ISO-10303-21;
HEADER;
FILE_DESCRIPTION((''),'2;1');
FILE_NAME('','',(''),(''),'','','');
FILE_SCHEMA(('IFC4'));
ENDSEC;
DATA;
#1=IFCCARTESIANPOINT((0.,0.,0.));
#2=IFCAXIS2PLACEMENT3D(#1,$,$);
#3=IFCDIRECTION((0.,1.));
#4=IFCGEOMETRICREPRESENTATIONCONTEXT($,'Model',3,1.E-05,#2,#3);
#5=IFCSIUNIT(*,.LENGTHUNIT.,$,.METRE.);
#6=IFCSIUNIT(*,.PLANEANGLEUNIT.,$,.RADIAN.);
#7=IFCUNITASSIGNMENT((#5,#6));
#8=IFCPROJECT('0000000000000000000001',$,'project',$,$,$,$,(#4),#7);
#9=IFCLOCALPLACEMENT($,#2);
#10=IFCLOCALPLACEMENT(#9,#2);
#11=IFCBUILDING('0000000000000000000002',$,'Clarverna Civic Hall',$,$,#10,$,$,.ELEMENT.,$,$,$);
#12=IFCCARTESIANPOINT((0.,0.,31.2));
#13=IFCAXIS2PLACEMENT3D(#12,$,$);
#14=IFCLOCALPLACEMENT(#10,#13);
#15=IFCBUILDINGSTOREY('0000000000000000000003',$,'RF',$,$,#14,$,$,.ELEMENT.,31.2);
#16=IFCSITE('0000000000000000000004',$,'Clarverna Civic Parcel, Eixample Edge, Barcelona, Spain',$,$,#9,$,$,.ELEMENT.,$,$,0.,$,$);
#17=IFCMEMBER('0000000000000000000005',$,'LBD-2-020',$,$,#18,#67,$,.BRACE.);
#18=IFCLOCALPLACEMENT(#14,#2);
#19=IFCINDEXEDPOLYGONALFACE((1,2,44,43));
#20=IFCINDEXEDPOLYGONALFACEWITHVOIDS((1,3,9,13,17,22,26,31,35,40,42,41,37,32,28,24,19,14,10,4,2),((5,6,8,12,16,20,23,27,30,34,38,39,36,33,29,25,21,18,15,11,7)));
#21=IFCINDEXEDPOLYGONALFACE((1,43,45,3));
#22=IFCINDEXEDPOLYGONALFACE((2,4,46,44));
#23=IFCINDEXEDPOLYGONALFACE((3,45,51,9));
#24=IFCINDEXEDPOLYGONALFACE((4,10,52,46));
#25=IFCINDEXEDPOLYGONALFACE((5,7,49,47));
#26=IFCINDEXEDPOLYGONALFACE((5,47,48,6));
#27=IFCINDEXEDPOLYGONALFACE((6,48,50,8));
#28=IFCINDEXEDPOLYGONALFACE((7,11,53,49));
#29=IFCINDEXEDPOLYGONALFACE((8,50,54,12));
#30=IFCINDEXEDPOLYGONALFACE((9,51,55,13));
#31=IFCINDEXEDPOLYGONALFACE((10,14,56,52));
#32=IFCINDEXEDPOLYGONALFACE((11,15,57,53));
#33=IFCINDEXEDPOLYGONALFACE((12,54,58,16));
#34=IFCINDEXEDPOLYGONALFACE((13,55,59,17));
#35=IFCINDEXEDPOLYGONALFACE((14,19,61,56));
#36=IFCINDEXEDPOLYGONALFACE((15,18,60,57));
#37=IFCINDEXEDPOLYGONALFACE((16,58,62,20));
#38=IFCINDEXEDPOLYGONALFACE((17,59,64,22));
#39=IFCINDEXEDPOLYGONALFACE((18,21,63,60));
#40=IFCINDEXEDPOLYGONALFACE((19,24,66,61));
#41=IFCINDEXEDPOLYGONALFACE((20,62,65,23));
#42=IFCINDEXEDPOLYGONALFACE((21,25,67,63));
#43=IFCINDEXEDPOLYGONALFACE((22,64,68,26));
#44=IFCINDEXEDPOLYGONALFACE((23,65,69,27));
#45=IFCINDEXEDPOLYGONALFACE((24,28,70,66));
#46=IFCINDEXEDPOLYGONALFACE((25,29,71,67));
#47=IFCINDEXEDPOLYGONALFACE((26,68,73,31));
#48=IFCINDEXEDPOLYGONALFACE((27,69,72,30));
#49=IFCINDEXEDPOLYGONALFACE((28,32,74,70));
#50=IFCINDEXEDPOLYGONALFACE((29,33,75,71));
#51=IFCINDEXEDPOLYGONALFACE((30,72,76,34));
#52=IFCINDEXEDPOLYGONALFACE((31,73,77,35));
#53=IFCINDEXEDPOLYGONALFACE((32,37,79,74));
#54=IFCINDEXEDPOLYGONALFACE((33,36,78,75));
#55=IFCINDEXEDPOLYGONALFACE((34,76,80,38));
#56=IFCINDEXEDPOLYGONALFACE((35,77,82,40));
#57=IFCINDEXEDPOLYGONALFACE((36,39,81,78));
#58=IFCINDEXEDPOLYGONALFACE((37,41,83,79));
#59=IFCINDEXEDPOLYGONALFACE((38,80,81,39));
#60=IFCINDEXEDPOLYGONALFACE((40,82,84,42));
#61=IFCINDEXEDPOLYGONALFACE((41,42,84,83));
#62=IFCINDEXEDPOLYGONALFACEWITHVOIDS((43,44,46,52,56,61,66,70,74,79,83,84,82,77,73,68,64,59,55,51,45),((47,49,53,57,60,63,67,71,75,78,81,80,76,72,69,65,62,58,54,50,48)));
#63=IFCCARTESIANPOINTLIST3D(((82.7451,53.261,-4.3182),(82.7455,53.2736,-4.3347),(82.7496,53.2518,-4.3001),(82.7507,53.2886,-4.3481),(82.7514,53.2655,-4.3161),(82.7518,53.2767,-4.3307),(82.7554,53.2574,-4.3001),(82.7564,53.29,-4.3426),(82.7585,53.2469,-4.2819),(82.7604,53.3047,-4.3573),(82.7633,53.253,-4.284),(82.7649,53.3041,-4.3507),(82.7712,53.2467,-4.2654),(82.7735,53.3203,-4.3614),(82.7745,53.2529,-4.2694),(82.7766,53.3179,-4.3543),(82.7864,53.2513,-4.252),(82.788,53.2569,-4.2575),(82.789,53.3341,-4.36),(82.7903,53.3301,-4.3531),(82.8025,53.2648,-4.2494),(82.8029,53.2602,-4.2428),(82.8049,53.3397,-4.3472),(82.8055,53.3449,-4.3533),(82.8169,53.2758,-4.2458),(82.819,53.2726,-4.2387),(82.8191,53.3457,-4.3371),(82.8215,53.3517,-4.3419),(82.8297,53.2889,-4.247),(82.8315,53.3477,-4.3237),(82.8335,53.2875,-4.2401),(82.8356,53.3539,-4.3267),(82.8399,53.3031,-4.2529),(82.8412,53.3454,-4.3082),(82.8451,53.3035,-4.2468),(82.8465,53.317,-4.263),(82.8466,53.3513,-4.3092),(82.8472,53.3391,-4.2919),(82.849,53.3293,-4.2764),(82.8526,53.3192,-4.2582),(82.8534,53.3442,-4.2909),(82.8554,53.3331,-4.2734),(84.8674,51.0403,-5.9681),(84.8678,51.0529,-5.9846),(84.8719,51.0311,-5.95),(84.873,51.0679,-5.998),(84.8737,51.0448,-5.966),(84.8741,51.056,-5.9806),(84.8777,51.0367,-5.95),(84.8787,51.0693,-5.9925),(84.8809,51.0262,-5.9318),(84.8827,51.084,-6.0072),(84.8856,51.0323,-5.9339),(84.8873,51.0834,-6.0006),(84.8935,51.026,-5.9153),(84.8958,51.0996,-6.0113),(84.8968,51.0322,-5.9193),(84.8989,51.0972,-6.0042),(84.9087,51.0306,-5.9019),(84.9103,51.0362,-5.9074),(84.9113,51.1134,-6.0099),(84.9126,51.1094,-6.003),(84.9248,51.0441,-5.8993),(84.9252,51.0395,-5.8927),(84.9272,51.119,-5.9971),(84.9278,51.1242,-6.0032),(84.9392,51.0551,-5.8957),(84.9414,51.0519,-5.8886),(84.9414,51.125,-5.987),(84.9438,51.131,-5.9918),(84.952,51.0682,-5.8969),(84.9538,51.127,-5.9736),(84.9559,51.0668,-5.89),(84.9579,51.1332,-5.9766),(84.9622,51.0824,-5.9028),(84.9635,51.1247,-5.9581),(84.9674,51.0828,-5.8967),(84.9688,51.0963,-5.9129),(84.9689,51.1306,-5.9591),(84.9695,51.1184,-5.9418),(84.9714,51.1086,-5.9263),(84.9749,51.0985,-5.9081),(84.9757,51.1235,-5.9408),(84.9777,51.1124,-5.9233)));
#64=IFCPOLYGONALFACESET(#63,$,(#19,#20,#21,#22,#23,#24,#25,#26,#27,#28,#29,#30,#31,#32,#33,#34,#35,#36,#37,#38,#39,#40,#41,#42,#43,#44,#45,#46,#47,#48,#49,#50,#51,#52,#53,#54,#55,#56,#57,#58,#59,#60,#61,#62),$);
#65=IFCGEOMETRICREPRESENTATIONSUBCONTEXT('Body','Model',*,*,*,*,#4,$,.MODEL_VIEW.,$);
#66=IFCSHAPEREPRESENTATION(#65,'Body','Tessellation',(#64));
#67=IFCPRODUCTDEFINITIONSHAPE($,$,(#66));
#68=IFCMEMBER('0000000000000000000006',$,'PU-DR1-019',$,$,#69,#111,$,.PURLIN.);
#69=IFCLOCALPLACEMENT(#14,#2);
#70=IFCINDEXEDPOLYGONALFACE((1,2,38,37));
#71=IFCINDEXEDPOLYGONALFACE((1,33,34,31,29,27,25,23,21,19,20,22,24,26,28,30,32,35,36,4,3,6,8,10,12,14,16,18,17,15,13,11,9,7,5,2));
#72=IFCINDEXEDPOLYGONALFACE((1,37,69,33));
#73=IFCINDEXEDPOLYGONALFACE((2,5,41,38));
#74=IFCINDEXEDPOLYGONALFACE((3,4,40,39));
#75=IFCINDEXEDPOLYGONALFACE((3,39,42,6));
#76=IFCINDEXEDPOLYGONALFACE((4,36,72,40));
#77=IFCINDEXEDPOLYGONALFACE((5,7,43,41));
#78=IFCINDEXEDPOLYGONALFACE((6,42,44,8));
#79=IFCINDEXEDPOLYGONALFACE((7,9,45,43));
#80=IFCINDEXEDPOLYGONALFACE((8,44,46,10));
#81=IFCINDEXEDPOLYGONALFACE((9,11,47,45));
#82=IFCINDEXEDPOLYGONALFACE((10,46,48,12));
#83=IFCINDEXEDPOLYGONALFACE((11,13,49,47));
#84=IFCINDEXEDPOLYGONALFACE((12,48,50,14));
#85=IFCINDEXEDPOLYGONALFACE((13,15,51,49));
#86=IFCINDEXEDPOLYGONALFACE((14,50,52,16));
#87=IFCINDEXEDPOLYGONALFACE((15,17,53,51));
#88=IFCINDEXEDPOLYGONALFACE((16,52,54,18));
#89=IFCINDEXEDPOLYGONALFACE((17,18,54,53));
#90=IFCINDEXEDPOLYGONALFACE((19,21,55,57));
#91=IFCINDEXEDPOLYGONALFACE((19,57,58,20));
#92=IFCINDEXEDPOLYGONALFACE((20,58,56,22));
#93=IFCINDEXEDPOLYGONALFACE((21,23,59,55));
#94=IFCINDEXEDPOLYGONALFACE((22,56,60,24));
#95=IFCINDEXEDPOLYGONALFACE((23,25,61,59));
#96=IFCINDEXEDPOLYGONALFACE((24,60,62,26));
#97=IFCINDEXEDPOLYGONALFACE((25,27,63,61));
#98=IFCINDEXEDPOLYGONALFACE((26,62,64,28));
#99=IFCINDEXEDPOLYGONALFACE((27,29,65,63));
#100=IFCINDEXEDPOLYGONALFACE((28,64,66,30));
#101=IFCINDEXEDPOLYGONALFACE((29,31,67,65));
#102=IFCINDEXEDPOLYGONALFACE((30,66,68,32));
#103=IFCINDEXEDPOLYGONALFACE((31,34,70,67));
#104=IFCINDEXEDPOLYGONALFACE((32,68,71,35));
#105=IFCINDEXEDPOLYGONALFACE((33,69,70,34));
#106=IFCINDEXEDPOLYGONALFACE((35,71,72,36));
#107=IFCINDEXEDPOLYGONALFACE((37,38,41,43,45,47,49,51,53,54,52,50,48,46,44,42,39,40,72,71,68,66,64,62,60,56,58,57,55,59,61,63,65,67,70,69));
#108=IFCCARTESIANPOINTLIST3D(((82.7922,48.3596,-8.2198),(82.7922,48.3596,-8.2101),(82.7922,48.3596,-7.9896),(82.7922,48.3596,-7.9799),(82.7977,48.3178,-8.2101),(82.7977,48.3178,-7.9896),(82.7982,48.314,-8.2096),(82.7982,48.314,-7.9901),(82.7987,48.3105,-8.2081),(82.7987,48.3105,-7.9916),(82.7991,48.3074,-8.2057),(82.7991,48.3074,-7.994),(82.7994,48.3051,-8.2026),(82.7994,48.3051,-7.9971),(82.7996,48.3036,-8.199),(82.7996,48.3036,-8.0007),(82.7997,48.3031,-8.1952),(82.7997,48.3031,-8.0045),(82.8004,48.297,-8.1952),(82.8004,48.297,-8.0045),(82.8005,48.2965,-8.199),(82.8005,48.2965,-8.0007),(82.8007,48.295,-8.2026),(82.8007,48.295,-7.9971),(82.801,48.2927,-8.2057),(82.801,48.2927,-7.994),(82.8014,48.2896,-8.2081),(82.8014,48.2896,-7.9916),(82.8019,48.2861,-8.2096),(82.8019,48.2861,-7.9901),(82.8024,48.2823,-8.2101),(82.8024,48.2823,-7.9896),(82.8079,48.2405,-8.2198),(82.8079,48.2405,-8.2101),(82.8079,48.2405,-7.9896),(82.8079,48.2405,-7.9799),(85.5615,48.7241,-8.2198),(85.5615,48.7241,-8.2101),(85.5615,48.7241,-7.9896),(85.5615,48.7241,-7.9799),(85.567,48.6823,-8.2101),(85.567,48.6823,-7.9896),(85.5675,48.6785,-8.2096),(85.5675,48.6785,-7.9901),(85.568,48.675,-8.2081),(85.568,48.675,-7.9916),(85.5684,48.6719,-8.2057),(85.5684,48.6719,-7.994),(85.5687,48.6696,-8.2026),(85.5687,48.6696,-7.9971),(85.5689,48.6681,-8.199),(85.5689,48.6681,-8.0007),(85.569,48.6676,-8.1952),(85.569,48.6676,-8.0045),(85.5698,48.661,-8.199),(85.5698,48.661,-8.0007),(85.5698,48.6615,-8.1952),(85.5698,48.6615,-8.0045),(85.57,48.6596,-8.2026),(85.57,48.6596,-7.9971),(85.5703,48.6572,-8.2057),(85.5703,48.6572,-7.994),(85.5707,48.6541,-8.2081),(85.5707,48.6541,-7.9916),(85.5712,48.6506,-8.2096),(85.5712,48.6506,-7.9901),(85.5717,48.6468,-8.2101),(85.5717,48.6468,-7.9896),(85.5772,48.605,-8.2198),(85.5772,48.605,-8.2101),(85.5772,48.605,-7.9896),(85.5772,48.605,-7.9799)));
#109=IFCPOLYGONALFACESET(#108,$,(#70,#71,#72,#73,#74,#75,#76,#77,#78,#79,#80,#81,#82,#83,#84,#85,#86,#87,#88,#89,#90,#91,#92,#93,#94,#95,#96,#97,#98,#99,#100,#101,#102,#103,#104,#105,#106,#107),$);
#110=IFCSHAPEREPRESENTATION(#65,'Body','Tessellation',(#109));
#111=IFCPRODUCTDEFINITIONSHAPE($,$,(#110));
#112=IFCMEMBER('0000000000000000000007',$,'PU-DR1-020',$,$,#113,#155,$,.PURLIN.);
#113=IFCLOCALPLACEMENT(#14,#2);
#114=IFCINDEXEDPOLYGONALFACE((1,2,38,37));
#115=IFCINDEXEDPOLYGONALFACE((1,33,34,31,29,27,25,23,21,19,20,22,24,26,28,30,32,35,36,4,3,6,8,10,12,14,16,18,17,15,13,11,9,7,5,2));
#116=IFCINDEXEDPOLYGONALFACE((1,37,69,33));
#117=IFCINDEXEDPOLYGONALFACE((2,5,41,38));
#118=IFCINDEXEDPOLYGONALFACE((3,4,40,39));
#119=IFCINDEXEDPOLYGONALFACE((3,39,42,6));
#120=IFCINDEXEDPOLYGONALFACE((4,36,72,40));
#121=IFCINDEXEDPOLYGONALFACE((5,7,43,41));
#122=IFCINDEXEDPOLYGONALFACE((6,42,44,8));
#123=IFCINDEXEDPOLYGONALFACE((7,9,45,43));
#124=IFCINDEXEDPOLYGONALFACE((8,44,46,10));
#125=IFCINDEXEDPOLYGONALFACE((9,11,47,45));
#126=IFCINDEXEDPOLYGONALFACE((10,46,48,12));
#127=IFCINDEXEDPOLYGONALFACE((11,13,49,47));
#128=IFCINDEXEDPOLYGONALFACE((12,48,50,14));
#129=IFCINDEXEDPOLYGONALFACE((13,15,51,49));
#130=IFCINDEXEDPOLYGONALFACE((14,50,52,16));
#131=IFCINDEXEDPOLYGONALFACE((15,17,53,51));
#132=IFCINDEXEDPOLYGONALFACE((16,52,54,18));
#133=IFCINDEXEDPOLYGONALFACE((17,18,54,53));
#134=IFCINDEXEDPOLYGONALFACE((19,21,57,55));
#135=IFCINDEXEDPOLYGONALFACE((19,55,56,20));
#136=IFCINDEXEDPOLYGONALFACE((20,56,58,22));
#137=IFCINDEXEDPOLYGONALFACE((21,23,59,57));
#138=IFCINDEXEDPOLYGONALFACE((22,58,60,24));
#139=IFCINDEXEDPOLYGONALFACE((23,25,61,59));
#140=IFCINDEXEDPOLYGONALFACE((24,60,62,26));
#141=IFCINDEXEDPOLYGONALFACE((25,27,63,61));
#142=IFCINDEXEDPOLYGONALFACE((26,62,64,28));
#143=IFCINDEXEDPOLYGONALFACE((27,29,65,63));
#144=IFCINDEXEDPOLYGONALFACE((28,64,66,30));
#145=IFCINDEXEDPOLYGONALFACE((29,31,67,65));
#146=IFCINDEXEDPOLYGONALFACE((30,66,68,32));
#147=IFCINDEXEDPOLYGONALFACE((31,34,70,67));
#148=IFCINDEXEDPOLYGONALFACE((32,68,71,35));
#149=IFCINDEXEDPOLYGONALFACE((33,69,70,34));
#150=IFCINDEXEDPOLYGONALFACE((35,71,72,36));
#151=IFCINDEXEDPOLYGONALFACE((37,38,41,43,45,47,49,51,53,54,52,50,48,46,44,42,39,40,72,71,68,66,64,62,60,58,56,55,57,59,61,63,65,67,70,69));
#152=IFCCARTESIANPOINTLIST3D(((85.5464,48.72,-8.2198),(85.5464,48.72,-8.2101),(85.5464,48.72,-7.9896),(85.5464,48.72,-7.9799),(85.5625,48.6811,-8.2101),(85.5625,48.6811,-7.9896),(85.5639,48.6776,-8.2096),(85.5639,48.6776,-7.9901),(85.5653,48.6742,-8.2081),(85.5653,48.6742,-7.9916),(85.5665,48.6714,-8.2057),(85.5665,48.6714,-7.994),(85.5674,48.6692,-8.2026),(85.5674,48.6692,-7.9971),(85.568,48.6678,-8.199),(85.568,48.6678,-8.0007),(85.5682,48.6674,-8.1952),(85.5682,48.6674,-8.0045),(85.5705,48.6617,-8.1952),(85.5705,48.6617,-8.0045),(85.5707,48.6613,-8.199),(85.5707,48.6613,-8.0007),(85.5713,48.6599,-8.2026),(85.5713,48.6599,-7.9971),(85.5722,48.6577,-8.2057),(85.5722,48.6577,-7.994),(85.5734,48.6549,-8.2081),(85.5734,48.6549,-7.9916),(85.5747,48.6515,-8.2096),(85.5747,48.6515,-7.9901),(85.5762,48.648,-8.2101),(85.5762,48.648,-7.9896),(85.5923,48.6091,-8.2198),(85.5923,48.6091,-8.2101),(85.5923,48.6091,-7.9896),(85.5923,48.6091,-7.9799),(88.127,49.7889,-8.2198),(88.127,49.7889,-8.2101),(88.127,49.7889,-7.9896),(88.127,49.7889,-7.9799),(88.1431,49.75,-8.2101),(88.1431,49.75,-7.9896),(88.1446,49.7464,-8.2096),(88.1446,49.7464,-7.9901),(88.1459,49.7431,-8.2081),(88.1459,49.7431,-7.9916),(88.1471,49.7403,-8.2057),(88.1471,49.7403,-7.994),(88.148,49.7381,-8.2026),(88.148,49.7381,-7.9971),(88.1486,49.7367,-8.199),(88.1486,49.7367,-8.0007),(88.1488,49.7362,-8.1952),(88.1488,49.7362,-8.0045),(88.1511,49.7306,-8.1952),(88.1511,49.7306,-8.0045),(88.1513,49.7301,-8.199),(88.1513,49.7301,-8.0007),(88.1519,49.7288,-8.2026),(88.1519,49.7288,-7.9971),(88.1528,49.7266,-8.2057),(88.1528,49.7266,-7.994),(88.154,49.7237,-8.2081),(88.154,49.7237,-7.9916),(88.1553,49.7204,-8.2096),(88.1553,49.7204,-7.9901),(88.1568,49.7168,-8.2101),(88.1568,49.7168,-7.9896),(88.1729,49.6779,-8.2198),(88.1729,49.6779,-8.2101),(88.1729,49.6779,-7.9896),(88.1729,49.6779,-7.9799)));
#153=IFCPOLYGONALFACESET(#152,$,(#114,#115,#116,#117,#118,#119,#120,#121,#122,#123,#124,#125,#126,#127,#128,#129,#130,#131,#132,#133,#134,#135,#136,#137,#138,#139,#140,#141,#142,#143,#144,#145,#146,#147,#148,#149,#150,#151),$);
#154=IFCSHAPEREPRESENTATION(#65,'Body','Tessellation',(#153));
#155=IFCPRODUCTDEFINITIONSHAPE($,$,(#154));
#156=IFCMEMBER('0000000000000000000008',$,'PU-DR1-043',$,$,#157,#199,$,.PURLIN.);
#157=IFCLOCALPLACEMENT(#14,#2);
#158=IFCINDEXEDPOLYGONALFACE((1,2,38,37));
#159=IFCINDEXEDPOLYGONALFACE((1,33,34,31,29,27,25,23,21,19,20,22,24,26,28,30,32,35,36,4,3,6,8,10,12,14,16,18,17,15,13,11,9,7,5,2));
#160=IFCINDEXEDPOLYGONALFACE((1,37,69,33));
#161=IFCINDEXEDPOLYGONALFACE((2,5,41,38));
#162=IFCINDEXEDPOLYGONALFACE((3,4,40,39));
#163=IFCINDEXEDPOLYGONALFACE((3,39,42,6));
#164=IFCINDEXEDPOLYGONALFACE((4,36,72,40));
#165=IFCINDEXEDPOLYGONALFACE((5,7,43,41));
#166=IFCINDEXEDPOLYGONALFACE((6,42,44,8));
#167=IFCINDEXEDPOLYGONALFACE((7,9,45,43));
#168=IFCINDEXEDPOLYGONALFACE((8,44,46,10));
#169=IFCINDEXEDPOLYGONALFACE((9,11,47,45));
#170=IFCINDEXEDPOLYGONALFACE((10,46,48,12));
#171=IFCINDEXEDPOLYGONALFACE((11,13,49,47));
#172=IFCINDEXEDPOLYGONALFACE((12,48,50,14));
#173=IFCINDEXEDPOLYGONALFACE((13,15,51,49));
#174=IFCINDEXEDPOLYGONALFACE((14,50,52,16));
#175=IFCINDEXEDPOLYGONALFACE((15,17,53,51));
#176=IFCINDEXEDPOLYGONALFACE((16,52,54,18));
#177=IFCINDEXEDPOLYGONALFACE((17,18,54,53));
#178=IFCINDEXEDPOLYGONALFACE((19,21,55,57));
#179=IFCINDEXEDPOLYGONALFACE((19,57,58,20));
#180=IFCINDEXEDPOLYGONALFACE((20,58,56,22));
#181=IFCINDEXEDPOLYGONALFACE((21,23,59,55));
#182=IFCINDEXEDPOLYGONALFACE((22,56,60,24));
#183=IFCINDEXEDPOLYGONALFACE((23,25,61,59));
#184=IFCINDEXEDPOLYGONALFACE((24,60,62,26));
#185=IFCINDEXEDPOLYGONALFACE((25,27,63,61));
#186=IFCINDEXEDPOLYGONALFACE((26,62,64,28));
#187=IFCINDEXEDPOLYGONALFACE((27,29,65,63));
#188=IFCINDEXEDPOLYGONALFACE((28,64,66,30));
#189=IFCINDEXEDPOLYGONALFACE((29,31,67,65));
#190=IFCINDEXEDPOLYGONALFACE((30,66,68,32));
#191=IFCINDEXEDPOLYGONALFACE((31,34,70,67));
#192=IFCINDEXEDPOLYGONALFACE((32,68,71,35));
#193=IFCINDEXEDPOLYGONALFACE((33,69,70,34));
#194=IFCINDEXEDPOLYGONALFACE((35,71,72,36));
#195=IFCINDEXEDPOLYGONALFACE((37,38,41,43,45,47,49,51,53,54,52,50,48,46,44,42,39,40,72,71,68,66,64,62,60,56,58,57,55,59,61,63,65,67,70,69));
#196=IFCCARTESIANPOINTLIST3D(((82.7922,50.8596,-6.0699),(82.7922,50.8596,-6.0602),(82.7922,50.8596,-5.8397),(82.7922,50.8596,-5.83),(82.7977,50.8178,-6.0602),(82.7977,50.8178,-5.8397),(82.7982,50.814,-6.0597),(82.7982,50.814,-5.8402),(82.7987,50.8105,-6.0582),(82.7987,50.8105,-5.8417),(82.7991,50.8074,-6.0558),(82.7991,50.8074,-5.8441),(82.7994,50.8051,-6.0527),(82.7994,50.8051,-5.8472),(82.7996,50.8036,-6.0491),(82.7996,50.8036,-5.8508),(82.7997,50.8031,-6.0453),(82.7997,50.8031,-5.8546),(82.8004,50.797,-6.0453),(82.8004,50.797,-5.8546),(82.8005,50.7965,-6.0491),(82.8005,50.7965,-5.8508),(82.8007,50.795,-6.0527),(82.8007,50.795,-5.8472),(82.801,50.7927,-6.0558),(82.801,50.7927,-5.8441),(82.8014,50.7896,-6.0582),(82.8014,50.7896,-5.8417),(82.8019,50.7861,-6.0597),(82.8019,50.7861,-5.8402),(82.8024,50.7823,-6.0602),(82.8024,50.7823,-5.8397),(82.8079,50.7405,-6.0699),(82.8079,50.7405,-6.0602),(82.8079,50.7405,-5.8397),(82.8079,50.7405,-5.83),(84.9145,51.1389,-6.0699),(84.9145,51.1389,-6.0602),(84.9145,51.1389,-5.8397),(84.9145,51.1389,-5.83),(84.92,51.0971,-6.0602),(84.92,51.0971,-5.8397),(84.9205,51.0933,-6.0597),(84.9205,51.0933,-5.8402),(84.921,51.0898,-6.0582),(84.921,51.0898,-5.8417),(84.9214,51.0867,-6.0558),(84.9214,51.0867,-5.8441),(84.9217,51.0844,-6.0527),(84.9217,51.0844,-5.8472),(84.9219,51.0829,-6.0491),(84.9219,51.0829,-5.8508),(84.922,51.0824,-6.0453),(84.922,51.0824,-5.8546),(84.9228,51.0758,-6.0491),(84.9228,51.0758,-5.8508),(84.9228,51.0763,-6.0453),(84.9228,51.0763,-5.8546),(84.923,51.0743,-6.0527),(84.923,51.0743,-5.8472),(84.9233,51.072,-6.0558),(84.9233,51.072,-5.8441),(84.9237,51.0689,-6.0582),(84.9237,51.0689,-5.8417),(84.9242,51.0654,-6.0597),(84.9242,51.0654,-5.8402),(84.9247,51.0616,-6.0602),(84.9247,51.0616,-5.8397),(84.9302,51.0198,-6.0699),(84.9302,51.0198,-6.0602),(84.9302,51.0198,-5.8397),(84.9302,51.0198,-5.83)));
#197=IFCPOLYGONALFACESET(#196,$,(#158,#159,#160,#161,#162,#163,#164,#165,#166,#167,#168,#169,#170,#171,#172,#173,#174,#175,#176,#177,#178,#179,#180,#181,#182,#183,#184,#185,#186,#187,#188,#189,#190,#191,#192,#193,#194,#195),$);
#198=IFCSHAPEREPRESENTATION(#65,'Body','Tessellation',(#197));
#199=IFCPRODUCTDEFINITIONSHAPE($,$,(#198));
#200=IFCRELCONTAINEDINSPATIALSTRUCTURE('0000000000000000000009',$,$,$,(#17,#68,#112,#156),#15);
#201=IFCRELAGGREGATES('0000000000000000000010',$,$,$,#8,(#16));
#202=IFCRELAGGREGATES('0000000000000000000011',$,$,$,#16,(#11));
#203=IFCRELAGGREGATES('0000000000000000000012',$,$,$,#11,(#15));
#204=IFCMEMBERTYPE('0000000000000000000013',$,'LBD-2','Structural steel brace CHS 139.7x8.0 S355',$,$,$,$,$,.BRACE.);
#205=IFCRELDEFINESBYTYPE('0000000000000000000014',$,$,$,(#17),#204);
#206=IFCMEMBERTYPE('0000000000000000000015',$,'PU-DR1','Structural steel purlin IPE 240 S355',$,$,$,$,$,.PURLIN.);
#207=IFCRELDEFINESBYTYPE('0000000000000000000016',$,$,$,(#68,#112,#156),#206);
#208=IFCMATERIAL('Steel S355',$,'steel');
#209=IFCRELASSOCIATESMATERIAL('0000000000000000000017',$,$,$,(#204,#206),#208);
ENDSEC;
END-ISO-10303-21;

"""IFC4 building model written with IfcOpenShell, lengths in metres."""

from ifc_helpers import new_model, si_unit, direction, frame, origin, origin_2d, place, context, subcontext, project, spatial, hollow_circle, i_section, extrude, material, material_profile, profile_set, type_object, element, save


model = new_model("IFC4")

# Units and contexts
model_context = context("Model", 3, precision=1e-05, world=origin(), true_north=direction((0.0, 1.0)))
body_context = subcontext(model_context, "Body", "Model", "MODEL_VIEW")
ifc_project = project(units=[si_unit("LENGTHUNIT", "METRE"), si_unit("PLANEANGLEUNIT", "RADIAN")], contexts=[model_context])

# Site, building, storey
site_placement = place(None, origin())
site = spatial("IfcSite", under=ifc_project, at=site_placement, Name="Clarverna Civic Parcel, Eixample Edge, Barcelona, Spain", CompositionType="ELEMENT", RefElevation=0.0)
building_placement = place(site_placement, origin())
building = spatial("IfcBuilding", under=site, at=building_placement, Name="Clarverna Civic Hall", CompositionType="ELEMENT")
storey_placement = place(building_placement, frame((0.0, 0.0, 31.2)))
storey = spatial("IfcBuildingStorey", under=building, at=storey_placement, Name="RF", CompositionType="ELEMENT", Elevation=31.2)

# Members
ifc_material_1 = material(Name="Steel S355", Category="steel")
ifc_material_profile_1 = material_profile(ifc_material_1, hollow_circle(Radius=0.0698, WallThickness=0.0081, at=origin_2d()), Name="CHS 139.7x8.0")
ifc_profile_set_1 = profile_set([ifc_material_profile_1], Name="Steel S355")
member_type_1 = type_object("IfcMemberType", Name="LBD-2", Description="Structural steel brace CHS 139.7x8.0 S355", PredefinedType="BRACE", material=ifc_profile_set_1)
member_1_placement = place(storey_placement, frame((84.9224, 51.0793, -5.95), z_axis=(-0.608668, 0.636885, 0.473182), x_axis=(-0.72294, -0.69091, 0.0)))
element("IfcMember", 1, at=member_1_placement, inside=storey, type_object=member_type_1, Name="LBD-2-020", PredefinedType="BRACE", context=body_context, shape_type="SweptSolid", body=[
    extrude(hollow_circle(Radius=0.0698, WallThickness=0.0081, at=origin_2d()), origin(), (0.0, 0.0, 1.0), 3.4868),
])
ifc_material_profile_2 = material_profile(ifc_material_1, i_section(OverallWidth=0.1201, OverallDepth=0.24, WebThickness=0.0061, FlangeThickness=0.0098, FilletRadius=0.0149, at=origin_2d()), Name="IPE 240")
ifc_profile_set_2 = profile_set([ifc_material_profile_2], Name="Steel S355")
member_type_2 = type_object("IfcMemberType", Name="PU-DR1", Description="Structural steel purlin IPE 240 S355", PredefinedType="PURLIN", material=ifc_profile_set_2)
for number, where, z_axis, x_axis, name in (
    (2, (82.8, 48.3, -8.0999), (0.991449, 0.130497, 0.0), (-0.130497, 0.991449, 0.0), "PU-DR1-019"),
    (3, (85.5693, 48.6646, -8.0999), (0.923887, 0.382666, 0.0), (-0.382666, 0.923887, 0.0), "PU-DR1-020"),
):
    element("IfcMember", number, at=place(storey_placement, frame(where, z_axis=z_axis, x_axis=x_axis)), inside=storey, type_object=member_type_2, Name=name, PredefinedType="PURLIN", context=body_context, shape_type="SweptSolid", body=[
        extrude(i_section(OverallWidth=0.1201, OverallDepth=0.24, WebThickness=0.0061, FlangeThickness=0.0098, FilletRadius=0.0149, at=origin_2d()), origin(), (0.0, 0.0, 1.0), 2.7932),
    ])
for number, where, z_axis, x_axis, name in (
    (4, (82.8, 50.8, -5.95), (0.991452, 0.130475, 0.0), (-0.130475, 0.991452, 0.0), "PU-DR1-043"),
):
    element("IfcMember", number, at=place(storey_placement, frame(where, z_axis=z_axis, x_axis=x_axis)), inside=storey, type_object=member_type_2, Name=name, PredefinedType="PURLIN", context=body_context, shape_type="SweptSolid", body=[
        extrude(i_section(OverallWidth=0.1201, OverallDepth=0.24, WebThickness=0.0061, FlangeThickness=0.0098, FilletRadius=0.0149, at=origin_2d()), origin(), (0.0, 0.0, 1.0), 2.1406),
    ])

save(model, "model.ifc")
